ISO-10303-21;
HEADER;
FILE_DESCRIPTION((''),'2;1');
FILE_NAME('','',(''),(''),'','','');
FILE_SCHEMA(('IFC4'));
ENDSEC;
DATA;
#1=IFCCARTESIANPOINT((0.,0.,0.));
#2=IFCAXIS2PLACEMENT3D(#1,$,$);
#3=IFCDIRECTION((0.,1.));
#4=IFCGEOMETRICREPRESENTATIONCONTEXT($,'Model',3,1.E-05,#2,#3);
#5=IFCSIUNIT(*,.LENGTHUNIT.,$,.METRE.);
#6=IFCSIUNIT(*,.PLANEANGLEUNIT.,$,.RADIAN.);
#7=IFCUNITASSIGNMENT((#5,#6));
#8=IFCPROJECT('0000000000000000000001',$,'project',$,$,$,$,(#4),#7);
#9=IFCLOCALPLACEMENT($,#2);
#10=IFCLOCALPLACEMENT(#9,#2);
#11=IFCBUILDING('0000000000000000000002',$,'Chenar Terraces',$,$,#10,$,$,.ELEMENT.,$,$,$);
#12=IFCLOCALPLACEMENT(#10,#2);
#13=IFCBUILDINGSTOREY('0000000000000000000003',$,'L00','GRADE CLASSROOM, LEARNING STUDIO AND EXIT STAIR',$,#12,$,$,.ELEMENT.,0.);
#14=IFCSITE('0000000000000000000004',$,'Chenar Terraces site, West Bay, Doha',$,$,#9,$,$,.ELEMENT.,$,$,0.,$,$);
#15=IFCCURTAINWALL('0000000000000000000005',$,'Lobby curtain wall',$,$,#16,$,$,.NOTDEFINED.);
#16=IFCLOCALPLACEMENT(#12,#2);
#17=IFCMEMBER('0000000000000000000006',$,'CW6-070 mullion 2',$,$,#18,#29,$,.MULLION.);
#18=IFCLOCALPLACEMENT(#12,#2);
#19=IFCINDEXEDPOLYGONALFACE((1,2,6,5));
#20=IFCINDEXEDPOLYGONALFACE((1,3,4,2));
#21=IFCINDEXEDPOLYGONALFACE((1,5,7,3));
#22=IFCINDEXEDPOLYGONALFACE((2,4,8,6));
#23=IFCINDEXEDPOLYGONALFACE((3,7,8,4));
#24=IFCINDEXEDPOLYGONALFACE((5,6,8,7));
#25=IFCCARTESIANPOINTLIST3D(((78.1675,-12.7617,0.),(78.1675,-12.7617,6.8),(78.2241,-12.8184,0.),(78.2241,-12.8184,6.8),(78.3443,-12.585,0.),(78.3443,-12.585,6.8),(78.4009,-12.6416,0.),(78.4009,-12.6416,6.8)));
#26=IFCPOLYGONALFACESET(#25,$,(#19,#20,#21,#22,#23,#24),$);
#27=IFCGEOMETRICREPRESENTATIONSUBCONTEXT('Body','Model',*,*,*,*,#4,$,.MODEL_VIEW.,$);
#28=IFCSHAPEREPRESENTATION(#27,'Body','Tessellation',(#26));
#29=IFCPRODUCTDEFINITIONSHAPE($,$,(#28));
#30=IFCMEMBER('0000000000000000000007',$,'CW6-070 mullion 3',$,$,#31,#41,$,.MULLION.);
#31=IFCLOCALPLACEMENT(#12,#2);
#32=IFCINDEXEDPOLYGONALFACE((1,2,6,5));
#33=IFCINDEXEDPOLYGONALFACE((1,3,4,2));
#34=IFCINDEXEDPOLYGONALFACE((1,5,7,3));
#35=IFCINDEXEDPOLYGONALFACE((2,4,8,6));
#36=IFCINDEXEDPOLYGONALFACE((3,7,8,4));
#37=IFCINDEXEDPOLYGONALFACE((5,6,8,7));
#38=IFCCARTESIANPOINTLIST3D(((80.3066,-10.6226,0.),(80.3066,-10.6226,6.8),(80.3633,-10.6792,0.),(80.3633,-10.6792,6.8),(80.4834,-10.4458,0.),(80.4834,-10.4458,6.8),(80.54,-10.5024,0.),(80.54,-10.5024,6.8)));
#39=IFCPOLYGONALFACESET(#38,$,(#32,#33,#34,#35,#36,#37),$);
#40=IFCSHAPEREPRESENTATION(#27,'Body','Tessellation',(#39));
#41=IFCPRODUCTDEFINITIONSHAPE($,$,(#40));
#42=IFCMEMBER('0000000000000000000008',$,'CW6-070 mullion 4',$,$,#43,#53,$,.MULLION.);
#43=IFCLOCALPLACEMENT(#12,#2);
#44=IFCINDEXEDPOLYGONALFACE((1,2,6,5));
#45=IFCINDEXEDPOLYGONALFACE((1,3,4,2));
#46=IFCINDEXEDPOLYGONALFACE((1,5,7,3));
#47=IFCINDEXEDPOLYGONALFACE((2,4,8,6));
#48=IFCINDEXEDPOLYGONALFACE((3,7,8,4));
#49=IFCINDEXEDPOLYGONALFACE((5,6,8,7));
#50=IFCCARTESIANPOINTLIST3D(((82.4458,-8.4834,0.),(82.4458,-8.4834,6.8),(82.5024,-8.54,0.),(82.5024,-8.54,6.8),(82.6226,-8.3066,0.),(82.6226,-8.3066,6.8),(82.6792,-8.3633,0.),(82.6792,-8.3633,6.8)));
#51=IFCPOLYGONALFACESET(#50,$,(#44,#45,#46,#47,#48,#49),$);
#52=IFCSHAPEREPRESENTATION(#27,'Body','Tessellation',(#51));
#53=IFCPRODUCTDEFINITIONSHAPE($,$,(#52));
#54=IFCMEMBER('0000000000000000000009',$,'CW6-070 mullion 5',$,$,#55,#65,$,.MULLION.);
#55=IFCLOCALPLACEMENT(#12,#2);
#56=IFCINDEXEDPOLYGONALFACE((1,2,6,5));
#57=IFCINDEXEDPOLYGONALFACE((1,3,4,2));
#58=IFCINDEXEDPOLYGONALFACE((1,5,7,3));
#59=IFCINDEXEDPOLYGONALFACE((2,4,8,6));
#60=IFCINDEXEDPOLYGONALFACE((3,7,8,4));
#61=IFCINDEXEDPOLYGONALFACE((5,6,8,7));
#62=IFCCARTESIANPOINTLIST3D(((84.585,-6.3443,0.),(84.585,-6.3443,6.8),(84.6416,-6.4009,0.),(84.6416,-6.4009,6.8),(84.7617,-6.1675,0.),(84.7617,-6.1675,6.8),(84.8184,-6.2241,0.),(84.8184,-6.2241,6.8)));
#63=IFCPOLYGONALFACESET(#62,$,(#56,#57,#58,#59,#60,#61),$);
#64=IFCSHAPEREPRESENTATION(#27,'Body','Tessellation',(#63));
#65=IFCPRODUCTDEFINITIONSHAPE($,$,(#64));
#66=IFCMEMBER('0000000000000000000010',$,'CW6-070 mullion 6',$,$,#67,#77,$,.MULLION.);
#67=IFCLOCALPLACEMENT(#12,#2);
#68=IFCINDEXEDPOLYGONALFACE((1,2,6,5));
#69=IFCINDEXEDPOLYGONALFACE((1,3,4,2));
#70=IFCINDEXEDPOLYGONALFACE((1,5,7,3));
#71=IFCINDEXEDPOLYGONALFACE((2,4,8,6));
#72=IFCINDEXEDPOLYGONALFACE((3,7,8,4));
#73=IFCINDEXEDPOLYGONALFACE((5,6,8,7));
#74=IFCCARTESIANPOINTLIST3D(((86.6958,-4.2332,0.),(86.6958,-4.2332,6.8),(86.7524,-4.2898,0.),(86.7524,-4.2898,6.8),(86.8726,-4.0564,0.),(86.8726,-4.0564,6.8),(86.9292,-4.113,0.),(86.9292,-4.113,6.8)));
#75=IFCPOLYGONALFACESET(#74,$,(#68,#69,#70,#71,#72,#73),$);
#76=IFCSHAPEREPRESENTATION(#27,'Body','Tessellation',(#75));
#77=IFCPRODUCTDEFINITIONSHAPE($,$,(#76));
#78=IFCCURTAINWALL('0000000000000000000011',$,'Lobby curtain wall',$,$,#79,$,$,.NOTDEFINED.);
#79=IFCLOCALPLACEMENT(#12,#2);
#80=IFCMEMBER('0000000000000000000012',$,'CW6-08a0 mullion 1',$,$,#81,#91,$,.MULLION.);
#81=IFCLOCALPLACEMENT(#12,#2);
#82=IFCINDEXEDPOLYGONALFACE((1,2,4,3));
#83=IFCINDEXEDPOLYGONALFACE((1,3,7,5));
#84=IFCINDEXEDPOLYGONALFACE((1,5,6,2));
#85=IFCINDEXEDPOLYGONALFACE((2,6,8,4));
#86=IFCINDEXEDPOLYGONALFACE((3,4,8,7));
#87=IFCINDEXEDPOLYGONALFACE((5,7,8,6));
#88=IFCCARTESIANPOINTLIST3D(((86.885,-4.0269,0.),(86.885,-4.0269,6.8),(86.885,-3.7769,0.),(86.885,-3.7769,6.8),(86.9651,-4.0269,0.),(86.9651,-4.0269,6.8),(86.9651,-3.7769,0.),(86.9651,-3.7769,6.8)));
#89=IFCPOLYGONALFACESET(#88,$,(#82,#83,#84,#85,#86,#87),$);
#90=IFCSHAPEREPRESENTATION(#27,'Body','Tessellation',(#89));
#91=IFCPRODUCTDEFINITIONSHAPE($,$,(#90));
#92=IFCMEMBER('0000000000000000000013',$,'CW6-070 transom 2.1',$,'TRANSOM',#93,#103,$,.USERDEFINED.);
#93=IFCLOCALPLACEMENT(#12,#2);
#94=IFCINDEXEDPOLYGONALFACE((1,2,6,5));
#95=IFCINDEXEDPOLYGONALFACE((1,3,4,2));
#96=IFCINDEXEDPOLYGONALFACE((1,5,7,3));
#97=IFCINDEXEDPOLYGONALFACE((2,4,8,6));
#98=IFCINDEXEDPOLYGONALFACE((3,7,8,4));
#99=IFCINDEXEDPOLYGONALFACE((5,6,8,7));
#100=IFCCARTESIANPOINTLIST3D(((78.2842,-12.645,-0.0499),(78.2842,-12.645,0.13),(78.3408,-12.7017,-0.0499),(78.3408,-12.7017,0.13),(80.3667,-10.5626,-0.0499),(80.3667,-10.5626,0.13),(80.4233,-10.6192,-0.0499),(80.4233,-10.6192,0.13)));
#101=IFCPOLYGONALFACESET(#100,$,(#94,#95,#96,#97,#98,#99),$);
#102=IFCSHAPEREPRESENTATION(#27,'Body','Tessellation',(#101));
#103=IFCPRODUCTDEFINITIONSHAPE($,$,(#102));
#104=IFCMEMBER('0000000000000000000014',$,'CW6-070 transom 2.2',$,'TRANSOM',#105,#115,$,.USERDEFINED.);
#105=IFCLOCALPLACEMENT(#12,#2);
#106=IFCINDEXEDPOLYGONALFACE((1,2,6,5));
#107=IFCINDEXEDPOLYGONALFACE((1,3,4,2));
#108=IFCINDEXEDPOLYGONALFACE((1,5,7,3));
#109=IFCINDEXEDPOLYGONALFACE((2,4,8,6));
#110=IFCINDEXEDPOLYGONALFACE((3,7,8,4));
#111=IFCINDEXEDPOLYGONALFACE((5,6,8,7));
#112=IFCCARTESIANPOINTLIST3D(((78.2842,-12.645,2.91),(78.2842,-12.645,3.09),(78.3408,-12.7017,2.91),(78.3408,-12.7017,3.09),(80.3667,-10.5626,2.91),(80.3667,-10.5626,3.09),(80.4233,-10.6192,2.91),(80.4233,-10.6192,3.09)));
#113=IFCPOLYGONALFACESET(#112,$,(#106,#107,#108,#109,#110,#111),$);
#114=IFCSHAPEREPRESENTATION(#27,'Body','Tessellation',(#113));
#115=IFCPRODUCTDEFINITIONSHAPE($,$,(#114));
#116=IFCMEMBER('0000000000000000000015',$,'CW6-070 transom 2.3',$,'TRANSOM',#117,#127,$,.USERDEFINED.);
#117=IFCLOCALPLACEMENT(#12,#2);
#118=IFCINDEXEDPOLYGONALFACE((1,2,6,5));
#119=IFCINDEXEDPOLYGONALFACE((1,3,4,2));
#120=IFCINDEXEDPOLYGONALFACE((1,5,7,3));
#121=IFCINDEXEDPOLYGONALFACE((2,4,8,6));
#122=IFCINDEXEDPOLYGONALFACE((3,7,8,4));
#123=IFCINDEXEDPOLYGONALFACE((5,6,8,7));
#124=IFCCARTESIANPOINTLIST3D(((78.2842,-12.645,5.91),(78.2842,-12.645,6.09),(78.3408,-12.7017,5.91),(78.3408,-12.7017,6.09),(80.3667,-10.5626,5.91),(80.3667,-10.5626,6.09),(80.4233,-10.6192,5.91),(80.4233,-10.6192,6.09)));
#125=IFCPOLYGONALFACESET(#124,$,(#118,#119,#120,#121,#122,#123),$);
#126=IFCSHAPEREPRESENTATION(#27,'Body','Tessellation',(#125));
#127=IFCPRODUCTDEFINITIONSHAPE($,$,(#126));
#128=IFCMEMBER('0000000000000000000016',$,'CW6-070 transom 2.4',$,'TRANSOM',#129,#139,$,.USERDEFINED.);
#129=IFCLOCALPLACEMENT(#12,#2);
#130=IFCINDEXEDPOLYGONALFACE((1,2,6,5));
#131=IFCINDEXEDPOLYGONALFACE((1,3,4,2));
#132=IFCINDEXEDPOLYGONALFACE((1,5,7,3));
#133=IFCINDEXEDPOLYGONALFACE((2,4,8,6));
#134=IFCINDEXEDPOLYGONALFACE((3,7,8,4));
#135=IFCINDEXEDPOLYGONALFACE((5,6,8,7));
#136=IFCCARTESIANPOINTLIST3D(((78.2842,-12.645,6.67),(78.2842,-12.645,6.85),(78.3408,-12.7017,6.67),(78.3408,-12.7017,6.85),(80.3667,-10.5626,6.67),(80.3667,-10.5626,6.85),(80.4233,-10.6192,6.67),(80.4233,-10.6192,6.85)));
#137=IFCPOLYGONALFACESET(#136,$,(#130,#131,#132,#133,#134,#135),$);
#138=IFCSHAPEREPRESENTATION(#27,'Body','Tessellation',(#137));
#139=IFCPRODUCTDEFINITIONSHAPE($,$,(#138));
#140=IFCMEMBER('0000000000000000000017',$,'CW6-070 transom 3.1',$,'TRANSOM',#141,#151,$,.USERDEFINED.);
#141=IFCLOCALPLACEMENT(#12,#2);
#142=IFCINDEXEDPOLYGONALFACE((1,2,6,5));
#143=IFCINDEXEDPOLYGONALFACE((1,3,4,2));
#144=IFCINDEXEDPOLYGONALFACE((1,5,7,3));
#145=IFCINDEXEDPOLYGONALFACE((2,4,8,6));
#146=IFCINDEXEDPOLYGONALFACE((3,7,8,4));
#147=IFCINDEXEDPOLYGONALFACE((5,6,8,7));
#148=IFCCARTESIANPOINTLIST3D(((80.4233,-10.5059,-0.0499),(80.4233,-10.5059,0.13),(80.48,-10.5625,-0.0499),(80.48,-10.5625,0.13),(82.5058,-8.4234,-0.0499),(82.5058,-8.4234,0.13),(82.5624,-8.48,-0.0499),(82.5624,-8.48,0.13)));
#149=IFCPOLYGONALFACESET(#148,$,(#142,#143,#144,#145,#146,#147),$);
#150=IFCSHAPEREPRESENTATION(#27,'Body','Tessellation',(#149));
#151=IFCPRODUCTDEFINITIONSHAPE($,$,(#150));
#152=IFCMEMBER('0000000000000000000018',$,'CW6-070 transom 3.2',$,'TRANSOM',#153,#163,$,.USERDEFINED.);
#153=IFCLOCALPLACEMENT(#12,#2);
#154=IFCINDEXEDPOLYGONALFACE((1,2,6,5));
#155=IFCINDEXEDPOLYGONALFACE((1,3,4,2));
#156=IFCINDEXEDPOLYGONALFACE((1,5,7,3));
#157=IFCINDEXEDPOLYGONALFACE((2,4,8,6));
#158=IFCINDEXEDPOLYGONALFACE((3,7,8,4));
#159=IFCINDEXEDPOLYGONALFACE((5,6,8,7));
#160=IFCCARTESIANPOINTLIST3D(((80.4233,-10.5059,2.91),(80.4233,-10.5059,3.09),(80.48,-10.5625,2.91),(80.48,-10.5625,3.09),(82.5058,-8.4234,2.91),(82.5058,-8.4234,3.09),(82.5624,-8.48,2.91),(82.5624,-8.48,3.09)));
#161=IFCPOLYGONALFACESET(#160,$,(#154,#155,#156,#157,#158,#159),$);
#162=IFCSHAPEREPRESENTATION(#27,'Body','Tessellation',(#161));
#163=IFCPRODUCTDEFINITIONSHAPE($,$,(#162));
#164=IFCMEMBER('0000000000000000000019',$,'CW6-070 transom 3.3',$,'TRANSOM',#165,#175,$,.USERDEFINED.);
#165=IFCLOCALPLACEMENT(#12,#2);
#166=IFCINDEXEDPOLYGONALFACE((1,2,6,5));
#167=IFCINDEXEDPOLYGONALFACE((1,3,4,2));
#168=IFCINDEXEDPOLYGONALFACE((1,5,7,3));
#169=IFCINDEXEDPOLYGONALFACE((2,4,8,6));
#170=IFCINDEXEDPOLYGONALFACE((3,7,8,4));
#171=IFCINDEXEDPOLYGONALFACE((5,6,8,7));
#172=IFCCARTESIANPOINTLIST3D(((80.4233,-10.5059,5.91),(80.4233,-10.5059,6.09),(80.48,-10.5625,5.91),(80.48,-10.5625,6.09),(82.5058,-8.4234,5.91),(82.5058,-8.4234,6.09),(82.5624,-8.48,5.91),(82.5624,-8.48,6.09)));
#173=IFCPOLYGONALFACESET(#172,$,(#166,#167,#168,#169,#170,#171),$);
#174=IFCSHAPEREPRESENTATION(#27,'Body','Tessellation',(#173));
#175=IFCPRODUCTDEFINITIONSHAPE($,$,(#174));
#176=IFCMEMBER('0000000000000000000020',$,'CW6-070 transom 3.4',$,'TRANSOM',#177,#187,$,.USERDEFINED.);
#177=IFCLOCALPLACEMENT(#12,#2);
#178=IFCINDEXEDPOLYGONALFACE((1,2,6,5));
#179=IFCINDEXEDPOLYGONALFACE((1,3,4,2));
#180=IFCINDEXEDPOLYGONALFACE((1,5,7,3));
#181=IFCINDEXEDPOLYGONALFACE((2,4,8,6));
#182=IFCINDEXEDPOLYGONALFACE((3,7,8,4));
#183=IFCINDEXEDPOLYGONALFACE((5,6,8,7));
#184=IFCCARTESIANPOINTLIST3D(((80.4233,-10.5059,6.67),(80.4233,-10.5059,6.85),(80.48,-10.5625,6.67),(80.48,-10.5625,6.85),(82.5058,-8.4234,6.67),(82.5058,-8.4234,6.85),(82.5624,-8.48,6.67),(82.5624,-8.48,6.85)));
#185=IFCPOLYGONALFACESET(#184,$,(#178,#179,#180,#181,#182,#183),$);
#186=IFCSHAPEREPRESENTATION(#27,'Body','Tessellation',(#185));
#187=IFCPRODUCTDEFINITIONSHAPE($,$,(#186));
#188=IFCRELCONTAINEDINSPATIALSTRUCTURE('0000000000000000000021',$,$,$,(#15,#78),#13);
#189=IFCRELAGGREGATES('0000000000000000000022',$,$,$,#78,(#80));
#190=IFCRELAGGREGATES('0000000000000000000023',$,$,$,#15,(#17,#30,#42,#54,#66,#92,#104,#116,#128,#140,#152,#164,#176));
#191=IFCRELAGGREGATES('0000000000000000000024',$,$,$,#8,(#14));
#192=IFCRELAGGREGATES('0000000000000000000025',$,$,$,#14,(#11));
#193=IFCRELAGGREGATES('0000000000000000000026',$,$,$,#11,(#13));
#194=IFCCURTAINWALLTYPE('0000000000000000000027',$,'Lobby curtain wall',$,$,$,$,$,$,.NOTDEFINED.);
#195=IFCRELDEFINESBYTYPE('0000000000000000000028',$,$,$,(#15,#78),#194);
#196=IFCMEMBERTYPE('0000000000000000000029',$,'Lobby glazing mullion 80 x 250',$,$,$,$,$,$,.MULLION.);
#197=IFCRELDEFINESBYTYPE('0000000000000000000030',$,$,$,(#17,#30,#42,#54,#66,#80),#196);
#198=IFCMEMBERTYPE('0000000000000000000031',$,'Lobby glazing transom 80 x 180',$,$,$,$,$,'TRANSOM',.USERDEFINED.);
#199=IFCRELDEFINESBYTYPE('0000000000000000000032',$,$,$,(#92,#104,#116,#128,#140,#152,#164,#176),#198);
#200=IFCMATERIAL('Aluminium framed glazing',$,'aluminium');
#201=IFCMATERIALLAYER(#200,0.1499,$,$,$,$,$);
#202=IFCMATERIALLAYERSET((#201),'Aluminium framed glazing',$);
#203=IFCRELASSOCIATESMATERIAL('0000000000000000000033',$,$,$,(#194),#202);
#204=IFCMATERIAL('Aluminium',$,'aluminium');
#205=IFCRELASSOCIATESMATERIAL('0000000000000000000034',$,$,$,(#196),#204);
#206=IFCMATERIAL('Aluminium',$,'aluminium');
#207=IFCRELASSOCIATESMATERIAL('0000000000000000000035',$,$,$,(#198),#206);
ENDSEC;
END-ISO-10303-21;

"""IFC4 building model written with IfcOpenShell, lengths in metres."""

from ifc_helpers import new_model, si_unit, direction, frame, origin, origin_2d, place, context, subcontext, project, spatial, rectangle, extrude, material, layer, layer_set, material_profile, profile_set, type_object, element, aggregate, save


model = new_model("IFC4")

# Units and contexts
model_context = context("Model", 3, precision=1e-05, world=origin(), true_north=direction((0.0, 1.0)))
body_context = subcontext(model_context, "Body", "Model", "MODEL_VIEW")
ifc_project = project(units=[si_unit("LENGTHUNIT", "METRE"), si_unit("PLANEANGLEUNIT", "RADIAN")], contexts=[model_context])

# Site, building, storey
site_placement = place(None, origin())
site = spatial("IfcSite", under=ifc_project, at=site_placement, Name="Chenar Terraces site, West Bay, Doha", CompositionType="ELEMENT", RefElevation=0.0)
building_placement = place(site_placement, origin())
building = spatial("IfcBuilding", under=site, at=building_placement, Name="Chenar Terraces", CompositionType="ELEMENT")
storey_placement = place(building_placement, origin())
storey = spatial("IfcBuildingStorey", under=building, at=storey_placement, Name="L00", Description="GRADE CLASSROOM, LEARNING STUDIO AND EXIT STAIR", CompositionType="ELEMENT", Elevation=0.0)

# Curtain wall, members
ifc_material_1 = material(Name="Aluminium framed glazing", Category="aluminium")
ifc_layer_1 = layer(ifc_material_1, 0.1499)
ifc_layer_set_1 = layer_set([ifc_layer_1], Name="Aluminium framed glazing")
curtain_wall_type = type_object("IfcCurtainWallType", Name="Lobby curtain wall", PredefinedType="NOTDEFINED", material=ifc_layer_set_1)
placement = place(storey_placement, origin())
curtain_wall_1 = element("IfcCurtainWall", 1, at=placement, inside=storey, type_object=curtain_wall_type, Name="Lobby curtain wall", PredefinedType="NOTDEFINED")
ifc_material_2 = material(Name="Aluminium", Category="aluminium")
ifc_material_profile_1 = material_profile(ifc_material_2, rectangle(XDim=0.0801, YDim=0.25, at=origin_2d()), Name="Lobby glazing mullion 80 x 250")
ifc_profile_set_1 = profile_set([ifc_material_profile_1], Name="Aluminium")
member_type_1 = type_object("IfcMemberType", Name="Lobby glazing mullion 80 x 250", PredefinedType="MULLION", material=ifc_profile_set_1)
member_1_placement = place(storey_placement, frame((78.2842, -12.7017, 0.0), z_axis=(0.0, 0.0, 1.0), x_axis=(-0.707107, 0.707107, 0.0)))
member_1 = element("IfcMember", 2, at=member_1_placement, type_object=member_type_1, Name="CW6-070 mullion 2", PredefinedType="MULLION", context=body_context, shape_type="SweptSolid", body=[
    extrude(rectangle(XDim=0.0801, YDim=0.25, at=origin_2d()), origin(), (0.0, 0.0, 1.0), 6.8),
])
member_2_placement = place(storey_placement, frame((80.4233, -10.5625, 0.0), z_axis=(0.0, 0.0, 1.0), x_axis=(-0.707107, 0.707107, 0.0)))
member_2 = element("IfcMember", 3, at=member_2_placement, type_object=member_type_1, Name="CW6-070 mullion 3", PredefinedType="MULLION", context=body_context, shape_type="SweptSolid", body=[
    extrude(rectangle(XDim=0.0801, YDim=0.25, at=origin_2d()), origin(), (0.0, 0.0, 1.0), 6.8),
])
member_3_placement = place(storey_placement, frame((82.5625, -8.4233, 0.0), z_axis=(0.0, 0.0, 1.0), x_axis=(-0.707107, 0.707107, 0.0)))
member_3 = element("IfcMember", 4, at=member_3_placement, type_object=member_type_1, Name="CW6-070 mullion 4", PredefinedType="MULLION", context=body_context, shape_type="SweptSolid", body=[
    extrude(rectangle(XDim=0.0801, YDim=0.25, at=origin_2d()), origin(), (0.0, 0.0, 1.0), 6.8),
])
member_4_placement = place(storey_placement, frame((84.7017, -6.2842, 0.0), z_axis=(0.0, 0.0, 1.0), x_axis=(-0.707107, 0.707107, 0.0)))
member_4 = element("IfcMember", 5, at=member_4_placement, type_object=member_type_1, Name="CW6-070 mullion 5", PredefinedType="MULLION", context=body_context, shape_type="SweptSolid", body=[
    extrude(rectangle(XDim=0.0801, YDim=0.25, at=origin_2d()), origin(), (0.0, 0.0, 1.0), 6.8),
])
member_5_placement = place(storey_placement, frame((86.8125, -4.1731, 0.0), z_axis=(0.0, 0.0, 1.0), x_axis=(-0.707107, 0.707107, 0.0)))
member_5 = element("IfcMember", 6, at=member_5_placement, type_object=member_type_1, Name="CW6-070 mullion 6", PredefinedType="MULLION", context=body_context, shape_type="SweptSolid", body=[
    extrude(rectangle(XDim=0.0801, YDim=0.25, at=origin_2d()), origin(), (0.0, 0.0, 1.0), 6.8),
])

# Curtain wall, member
curtain_wall_2 = element("IfcCurtainWall", 7, at=placement, inside=storey, type_object=curtain_wall_type, Name="Lobby curtain wall", PredefinedType="NOTDEFINED")
member_6_placement = place(storey_placement, frame((86.925, -3.9019, 0.0), z_axis=(0.0, 0.0, 1.0), x_axis=(-1.0, 0.0, 0.0)))
member_6 = element("IfcMember", 8, at=member_6_placement, type_object=member_type_1, Name="CW6-08a0 mullion 1", PredefinedType="MULLION", context=body_context, shape_type="SweptSolid", body=[
    extrude(rectangle(XDim=0.0801, YDim=0.25, at=origin_2d()), origin(), (0.0, 0.0, 1.0), 6.8),
])

# Members
ifc_material_3 = material(Name="Aluminium", Category="aluminium")
ifc_material_profile_2 = material_profile(ifc_material_3, rectangle(XDim=0.0801, YDim=0.1799, at=origin_2d()), Name="Lobby glazing transom 80 x 180")
ifc_profile_set_2 = profile_set([ifc_material_profile_2], Name="Aluminium")
member_type_2 = type_object("IfcMemberType", Name="Lobby glazing transom 80 x 180", ElementType="TRANSOM", PredefinedType="USERDEFINED", material=ifc_profile_set_2)
member_7_placement = place(storey_placement, frame((78.3125, -12.6733, 0.04), z_axis=(0.707107, 0.707107, 0.0), x_axis=(-0.707107, 0.707107, 0.0)))
member_7 = element("IfcMember", 9, at=member_7_placement, type_object=member_type_2, Name="CW6-070 transom 2.1", ObjectType="TRANSOM", PredefinedType="USERDEFINED", context=body_context, shape_type="SweptSolid", body=[
    extrude(rectangle(XDim=0.0801, YDim=0.1799, at=origin_2d()), origin(), (0.0, 0.0, 1.0), 2.9451),
])
member_8_placement = place(storey_placement, frame((78.3125, -12.6733, 3.0), z_axis=(0.707107, 0.707107, 0.0), x_axis=(-0.707107, 0.707107, 0.0)))
member_8 = element("IfcMember", 10, at=member_8_placement, type_object=member_type_2, Name="CW6-070 transom 2.2", ObjectType="TRANSOM", PredefinedType="USERDEFINED", context=body_context, shape_type="SweptSolid", body=[
    extrude(rectangle(XDim=0.0801, YDim=0.1799, at=origin_2d()), origin(), (0.0, 0.0, 1.0), 2.9451),
])
member_9_placement = place(storey_placement, frame((78.3125, -12.6733, 6.0), z_axis=(0.707107, 0.707107, 0.0), x_axis=(-0.707107, 0.707107, 0.0)))
member_9 = element("IfcMember", 11, at=member_9_placement, type_object=member_type_2, Name="CW6-070 transom 2.3", ObjectType="TRANSOM", PredefinedType="USERDEFINED", context=body_context, shape_type="SweptSolid", body=[
    extrude(rectangle(XDim=0.0801, YDim=0.1799, at=origin_2d()), origin(), (0.0, 0.0, 1.0), 2.9451),
])
member_10_placement = place(storey_placement, frame((78.3125, -12.6733, 6.76), z_axis=(0.707107, 0.707107, 0.0), x_axis=(-0.707107, 0.707107, 0.0)))
member_10 = element("IfcMember", 12, at=member_10_placement, type_object=member_type_2, Name="CW6-070 transom 2.4", ObjectType="TRANSOM", PredefinedType="USERDEFINED", context=body_context, shape_type="SweptSolid", body=[
    extrude(rectangle(XDim=0.0801, YDim=0.1799, at=origin_2d()), origin(), (0.0, 0.0, 1.0), 2.9451),
])
member_11_placement = place(storey_placement, frame((80.4517, -10.5342, 0.04), z_axis=(0.707107, 0.707107, 0.0), x_axis=(-0.707107, 0.707107, 0.0)))
member_11 = element("IfcMember", 13, at=member_11_placement, type_object=member_type_2, Name="CW6-070 transom 3.1", ObjectType="TRANSOM", PredefinedType="USERDEFINED", context=body_context, shape_type="SweptSolid", body=[
    extrude(rectangle(XDim=0.0801, YDim=0.1799, at=origin_2d()), origin(), (0.0, 0.0, 1.0), 2.9451),
])
member_12_placement = place(storey_placement, frame((80.4517, -10.5342, 3.0), z_axis=(0.707107, 0.707107, 0.0), x_axis=(-0.707107, 0.707107, 0.0)))
member_12 = element("IfcMember", 14, at=member_12_placement, type_object=member_type_2, Name="CW6-070 transom 3.2", ObjectType="TRANSOM", PredefinedType="USERDEFINED", context=body_context, shape_type="SweptSolid", body=[
    extrude(rectangle(XDim=0.0801, YDim=0.1799, at=origin_2d()), origin(), (0.0, 0.0, 1.0), 2.9451),
])
member_13_placement = place(storey_placement, frame((80.4517, -10.5342, 6.0), z_axis=(0.707107, 0.707107, 0.0), x_axis=(-0.707107, 0.707107, 0.0)))
member_13 = element("IfcMember", 15, at=member_13_placement, type_object=member_type_2, Name="CW6-070 transom 3.3", ObjectType="TRANSOM", PredefinedType="USERDEFINED", context=body_context, shape_type="SweptSolid", body=[
    extrude(rectangle(XDim=0.0801, YDim=0.1799, at=origin_2d()), origin(), (0.0, 0.0, 1.0), 2.9451),
])
member_14_placement = place(storey_placement, frame((80.4517, -10.5342, 6.76), z_axis=(0.707107, 0.707107, 0.0), x_axis=(-0.707107, 0.707107, 0.0)))
member_14 = element("IfcMember", 16, at=member_14_placement, type_object=member_type_2, Name="CW6-070 transom 3.4", ObjectType="TRANSOM", PredefinedType="USERDEFINED", context=body_context, shape_type="SweptSolid", body=[
    extrude(rectangle(XDim=0.0801, YDim=0.1799, at=origin_2d()), origin(), (0.0, 0.0, 1.0), 2.9451),
])
aggregate(curtain_wall_2, [member_6])

aggregate(curtain_wall_1, [member_1, member_2, member_3, member_4, member_5, member_7, member_8, member_9, member_10, member_11, member_12, member_13, member_14])

save(model, "model.ifc")
